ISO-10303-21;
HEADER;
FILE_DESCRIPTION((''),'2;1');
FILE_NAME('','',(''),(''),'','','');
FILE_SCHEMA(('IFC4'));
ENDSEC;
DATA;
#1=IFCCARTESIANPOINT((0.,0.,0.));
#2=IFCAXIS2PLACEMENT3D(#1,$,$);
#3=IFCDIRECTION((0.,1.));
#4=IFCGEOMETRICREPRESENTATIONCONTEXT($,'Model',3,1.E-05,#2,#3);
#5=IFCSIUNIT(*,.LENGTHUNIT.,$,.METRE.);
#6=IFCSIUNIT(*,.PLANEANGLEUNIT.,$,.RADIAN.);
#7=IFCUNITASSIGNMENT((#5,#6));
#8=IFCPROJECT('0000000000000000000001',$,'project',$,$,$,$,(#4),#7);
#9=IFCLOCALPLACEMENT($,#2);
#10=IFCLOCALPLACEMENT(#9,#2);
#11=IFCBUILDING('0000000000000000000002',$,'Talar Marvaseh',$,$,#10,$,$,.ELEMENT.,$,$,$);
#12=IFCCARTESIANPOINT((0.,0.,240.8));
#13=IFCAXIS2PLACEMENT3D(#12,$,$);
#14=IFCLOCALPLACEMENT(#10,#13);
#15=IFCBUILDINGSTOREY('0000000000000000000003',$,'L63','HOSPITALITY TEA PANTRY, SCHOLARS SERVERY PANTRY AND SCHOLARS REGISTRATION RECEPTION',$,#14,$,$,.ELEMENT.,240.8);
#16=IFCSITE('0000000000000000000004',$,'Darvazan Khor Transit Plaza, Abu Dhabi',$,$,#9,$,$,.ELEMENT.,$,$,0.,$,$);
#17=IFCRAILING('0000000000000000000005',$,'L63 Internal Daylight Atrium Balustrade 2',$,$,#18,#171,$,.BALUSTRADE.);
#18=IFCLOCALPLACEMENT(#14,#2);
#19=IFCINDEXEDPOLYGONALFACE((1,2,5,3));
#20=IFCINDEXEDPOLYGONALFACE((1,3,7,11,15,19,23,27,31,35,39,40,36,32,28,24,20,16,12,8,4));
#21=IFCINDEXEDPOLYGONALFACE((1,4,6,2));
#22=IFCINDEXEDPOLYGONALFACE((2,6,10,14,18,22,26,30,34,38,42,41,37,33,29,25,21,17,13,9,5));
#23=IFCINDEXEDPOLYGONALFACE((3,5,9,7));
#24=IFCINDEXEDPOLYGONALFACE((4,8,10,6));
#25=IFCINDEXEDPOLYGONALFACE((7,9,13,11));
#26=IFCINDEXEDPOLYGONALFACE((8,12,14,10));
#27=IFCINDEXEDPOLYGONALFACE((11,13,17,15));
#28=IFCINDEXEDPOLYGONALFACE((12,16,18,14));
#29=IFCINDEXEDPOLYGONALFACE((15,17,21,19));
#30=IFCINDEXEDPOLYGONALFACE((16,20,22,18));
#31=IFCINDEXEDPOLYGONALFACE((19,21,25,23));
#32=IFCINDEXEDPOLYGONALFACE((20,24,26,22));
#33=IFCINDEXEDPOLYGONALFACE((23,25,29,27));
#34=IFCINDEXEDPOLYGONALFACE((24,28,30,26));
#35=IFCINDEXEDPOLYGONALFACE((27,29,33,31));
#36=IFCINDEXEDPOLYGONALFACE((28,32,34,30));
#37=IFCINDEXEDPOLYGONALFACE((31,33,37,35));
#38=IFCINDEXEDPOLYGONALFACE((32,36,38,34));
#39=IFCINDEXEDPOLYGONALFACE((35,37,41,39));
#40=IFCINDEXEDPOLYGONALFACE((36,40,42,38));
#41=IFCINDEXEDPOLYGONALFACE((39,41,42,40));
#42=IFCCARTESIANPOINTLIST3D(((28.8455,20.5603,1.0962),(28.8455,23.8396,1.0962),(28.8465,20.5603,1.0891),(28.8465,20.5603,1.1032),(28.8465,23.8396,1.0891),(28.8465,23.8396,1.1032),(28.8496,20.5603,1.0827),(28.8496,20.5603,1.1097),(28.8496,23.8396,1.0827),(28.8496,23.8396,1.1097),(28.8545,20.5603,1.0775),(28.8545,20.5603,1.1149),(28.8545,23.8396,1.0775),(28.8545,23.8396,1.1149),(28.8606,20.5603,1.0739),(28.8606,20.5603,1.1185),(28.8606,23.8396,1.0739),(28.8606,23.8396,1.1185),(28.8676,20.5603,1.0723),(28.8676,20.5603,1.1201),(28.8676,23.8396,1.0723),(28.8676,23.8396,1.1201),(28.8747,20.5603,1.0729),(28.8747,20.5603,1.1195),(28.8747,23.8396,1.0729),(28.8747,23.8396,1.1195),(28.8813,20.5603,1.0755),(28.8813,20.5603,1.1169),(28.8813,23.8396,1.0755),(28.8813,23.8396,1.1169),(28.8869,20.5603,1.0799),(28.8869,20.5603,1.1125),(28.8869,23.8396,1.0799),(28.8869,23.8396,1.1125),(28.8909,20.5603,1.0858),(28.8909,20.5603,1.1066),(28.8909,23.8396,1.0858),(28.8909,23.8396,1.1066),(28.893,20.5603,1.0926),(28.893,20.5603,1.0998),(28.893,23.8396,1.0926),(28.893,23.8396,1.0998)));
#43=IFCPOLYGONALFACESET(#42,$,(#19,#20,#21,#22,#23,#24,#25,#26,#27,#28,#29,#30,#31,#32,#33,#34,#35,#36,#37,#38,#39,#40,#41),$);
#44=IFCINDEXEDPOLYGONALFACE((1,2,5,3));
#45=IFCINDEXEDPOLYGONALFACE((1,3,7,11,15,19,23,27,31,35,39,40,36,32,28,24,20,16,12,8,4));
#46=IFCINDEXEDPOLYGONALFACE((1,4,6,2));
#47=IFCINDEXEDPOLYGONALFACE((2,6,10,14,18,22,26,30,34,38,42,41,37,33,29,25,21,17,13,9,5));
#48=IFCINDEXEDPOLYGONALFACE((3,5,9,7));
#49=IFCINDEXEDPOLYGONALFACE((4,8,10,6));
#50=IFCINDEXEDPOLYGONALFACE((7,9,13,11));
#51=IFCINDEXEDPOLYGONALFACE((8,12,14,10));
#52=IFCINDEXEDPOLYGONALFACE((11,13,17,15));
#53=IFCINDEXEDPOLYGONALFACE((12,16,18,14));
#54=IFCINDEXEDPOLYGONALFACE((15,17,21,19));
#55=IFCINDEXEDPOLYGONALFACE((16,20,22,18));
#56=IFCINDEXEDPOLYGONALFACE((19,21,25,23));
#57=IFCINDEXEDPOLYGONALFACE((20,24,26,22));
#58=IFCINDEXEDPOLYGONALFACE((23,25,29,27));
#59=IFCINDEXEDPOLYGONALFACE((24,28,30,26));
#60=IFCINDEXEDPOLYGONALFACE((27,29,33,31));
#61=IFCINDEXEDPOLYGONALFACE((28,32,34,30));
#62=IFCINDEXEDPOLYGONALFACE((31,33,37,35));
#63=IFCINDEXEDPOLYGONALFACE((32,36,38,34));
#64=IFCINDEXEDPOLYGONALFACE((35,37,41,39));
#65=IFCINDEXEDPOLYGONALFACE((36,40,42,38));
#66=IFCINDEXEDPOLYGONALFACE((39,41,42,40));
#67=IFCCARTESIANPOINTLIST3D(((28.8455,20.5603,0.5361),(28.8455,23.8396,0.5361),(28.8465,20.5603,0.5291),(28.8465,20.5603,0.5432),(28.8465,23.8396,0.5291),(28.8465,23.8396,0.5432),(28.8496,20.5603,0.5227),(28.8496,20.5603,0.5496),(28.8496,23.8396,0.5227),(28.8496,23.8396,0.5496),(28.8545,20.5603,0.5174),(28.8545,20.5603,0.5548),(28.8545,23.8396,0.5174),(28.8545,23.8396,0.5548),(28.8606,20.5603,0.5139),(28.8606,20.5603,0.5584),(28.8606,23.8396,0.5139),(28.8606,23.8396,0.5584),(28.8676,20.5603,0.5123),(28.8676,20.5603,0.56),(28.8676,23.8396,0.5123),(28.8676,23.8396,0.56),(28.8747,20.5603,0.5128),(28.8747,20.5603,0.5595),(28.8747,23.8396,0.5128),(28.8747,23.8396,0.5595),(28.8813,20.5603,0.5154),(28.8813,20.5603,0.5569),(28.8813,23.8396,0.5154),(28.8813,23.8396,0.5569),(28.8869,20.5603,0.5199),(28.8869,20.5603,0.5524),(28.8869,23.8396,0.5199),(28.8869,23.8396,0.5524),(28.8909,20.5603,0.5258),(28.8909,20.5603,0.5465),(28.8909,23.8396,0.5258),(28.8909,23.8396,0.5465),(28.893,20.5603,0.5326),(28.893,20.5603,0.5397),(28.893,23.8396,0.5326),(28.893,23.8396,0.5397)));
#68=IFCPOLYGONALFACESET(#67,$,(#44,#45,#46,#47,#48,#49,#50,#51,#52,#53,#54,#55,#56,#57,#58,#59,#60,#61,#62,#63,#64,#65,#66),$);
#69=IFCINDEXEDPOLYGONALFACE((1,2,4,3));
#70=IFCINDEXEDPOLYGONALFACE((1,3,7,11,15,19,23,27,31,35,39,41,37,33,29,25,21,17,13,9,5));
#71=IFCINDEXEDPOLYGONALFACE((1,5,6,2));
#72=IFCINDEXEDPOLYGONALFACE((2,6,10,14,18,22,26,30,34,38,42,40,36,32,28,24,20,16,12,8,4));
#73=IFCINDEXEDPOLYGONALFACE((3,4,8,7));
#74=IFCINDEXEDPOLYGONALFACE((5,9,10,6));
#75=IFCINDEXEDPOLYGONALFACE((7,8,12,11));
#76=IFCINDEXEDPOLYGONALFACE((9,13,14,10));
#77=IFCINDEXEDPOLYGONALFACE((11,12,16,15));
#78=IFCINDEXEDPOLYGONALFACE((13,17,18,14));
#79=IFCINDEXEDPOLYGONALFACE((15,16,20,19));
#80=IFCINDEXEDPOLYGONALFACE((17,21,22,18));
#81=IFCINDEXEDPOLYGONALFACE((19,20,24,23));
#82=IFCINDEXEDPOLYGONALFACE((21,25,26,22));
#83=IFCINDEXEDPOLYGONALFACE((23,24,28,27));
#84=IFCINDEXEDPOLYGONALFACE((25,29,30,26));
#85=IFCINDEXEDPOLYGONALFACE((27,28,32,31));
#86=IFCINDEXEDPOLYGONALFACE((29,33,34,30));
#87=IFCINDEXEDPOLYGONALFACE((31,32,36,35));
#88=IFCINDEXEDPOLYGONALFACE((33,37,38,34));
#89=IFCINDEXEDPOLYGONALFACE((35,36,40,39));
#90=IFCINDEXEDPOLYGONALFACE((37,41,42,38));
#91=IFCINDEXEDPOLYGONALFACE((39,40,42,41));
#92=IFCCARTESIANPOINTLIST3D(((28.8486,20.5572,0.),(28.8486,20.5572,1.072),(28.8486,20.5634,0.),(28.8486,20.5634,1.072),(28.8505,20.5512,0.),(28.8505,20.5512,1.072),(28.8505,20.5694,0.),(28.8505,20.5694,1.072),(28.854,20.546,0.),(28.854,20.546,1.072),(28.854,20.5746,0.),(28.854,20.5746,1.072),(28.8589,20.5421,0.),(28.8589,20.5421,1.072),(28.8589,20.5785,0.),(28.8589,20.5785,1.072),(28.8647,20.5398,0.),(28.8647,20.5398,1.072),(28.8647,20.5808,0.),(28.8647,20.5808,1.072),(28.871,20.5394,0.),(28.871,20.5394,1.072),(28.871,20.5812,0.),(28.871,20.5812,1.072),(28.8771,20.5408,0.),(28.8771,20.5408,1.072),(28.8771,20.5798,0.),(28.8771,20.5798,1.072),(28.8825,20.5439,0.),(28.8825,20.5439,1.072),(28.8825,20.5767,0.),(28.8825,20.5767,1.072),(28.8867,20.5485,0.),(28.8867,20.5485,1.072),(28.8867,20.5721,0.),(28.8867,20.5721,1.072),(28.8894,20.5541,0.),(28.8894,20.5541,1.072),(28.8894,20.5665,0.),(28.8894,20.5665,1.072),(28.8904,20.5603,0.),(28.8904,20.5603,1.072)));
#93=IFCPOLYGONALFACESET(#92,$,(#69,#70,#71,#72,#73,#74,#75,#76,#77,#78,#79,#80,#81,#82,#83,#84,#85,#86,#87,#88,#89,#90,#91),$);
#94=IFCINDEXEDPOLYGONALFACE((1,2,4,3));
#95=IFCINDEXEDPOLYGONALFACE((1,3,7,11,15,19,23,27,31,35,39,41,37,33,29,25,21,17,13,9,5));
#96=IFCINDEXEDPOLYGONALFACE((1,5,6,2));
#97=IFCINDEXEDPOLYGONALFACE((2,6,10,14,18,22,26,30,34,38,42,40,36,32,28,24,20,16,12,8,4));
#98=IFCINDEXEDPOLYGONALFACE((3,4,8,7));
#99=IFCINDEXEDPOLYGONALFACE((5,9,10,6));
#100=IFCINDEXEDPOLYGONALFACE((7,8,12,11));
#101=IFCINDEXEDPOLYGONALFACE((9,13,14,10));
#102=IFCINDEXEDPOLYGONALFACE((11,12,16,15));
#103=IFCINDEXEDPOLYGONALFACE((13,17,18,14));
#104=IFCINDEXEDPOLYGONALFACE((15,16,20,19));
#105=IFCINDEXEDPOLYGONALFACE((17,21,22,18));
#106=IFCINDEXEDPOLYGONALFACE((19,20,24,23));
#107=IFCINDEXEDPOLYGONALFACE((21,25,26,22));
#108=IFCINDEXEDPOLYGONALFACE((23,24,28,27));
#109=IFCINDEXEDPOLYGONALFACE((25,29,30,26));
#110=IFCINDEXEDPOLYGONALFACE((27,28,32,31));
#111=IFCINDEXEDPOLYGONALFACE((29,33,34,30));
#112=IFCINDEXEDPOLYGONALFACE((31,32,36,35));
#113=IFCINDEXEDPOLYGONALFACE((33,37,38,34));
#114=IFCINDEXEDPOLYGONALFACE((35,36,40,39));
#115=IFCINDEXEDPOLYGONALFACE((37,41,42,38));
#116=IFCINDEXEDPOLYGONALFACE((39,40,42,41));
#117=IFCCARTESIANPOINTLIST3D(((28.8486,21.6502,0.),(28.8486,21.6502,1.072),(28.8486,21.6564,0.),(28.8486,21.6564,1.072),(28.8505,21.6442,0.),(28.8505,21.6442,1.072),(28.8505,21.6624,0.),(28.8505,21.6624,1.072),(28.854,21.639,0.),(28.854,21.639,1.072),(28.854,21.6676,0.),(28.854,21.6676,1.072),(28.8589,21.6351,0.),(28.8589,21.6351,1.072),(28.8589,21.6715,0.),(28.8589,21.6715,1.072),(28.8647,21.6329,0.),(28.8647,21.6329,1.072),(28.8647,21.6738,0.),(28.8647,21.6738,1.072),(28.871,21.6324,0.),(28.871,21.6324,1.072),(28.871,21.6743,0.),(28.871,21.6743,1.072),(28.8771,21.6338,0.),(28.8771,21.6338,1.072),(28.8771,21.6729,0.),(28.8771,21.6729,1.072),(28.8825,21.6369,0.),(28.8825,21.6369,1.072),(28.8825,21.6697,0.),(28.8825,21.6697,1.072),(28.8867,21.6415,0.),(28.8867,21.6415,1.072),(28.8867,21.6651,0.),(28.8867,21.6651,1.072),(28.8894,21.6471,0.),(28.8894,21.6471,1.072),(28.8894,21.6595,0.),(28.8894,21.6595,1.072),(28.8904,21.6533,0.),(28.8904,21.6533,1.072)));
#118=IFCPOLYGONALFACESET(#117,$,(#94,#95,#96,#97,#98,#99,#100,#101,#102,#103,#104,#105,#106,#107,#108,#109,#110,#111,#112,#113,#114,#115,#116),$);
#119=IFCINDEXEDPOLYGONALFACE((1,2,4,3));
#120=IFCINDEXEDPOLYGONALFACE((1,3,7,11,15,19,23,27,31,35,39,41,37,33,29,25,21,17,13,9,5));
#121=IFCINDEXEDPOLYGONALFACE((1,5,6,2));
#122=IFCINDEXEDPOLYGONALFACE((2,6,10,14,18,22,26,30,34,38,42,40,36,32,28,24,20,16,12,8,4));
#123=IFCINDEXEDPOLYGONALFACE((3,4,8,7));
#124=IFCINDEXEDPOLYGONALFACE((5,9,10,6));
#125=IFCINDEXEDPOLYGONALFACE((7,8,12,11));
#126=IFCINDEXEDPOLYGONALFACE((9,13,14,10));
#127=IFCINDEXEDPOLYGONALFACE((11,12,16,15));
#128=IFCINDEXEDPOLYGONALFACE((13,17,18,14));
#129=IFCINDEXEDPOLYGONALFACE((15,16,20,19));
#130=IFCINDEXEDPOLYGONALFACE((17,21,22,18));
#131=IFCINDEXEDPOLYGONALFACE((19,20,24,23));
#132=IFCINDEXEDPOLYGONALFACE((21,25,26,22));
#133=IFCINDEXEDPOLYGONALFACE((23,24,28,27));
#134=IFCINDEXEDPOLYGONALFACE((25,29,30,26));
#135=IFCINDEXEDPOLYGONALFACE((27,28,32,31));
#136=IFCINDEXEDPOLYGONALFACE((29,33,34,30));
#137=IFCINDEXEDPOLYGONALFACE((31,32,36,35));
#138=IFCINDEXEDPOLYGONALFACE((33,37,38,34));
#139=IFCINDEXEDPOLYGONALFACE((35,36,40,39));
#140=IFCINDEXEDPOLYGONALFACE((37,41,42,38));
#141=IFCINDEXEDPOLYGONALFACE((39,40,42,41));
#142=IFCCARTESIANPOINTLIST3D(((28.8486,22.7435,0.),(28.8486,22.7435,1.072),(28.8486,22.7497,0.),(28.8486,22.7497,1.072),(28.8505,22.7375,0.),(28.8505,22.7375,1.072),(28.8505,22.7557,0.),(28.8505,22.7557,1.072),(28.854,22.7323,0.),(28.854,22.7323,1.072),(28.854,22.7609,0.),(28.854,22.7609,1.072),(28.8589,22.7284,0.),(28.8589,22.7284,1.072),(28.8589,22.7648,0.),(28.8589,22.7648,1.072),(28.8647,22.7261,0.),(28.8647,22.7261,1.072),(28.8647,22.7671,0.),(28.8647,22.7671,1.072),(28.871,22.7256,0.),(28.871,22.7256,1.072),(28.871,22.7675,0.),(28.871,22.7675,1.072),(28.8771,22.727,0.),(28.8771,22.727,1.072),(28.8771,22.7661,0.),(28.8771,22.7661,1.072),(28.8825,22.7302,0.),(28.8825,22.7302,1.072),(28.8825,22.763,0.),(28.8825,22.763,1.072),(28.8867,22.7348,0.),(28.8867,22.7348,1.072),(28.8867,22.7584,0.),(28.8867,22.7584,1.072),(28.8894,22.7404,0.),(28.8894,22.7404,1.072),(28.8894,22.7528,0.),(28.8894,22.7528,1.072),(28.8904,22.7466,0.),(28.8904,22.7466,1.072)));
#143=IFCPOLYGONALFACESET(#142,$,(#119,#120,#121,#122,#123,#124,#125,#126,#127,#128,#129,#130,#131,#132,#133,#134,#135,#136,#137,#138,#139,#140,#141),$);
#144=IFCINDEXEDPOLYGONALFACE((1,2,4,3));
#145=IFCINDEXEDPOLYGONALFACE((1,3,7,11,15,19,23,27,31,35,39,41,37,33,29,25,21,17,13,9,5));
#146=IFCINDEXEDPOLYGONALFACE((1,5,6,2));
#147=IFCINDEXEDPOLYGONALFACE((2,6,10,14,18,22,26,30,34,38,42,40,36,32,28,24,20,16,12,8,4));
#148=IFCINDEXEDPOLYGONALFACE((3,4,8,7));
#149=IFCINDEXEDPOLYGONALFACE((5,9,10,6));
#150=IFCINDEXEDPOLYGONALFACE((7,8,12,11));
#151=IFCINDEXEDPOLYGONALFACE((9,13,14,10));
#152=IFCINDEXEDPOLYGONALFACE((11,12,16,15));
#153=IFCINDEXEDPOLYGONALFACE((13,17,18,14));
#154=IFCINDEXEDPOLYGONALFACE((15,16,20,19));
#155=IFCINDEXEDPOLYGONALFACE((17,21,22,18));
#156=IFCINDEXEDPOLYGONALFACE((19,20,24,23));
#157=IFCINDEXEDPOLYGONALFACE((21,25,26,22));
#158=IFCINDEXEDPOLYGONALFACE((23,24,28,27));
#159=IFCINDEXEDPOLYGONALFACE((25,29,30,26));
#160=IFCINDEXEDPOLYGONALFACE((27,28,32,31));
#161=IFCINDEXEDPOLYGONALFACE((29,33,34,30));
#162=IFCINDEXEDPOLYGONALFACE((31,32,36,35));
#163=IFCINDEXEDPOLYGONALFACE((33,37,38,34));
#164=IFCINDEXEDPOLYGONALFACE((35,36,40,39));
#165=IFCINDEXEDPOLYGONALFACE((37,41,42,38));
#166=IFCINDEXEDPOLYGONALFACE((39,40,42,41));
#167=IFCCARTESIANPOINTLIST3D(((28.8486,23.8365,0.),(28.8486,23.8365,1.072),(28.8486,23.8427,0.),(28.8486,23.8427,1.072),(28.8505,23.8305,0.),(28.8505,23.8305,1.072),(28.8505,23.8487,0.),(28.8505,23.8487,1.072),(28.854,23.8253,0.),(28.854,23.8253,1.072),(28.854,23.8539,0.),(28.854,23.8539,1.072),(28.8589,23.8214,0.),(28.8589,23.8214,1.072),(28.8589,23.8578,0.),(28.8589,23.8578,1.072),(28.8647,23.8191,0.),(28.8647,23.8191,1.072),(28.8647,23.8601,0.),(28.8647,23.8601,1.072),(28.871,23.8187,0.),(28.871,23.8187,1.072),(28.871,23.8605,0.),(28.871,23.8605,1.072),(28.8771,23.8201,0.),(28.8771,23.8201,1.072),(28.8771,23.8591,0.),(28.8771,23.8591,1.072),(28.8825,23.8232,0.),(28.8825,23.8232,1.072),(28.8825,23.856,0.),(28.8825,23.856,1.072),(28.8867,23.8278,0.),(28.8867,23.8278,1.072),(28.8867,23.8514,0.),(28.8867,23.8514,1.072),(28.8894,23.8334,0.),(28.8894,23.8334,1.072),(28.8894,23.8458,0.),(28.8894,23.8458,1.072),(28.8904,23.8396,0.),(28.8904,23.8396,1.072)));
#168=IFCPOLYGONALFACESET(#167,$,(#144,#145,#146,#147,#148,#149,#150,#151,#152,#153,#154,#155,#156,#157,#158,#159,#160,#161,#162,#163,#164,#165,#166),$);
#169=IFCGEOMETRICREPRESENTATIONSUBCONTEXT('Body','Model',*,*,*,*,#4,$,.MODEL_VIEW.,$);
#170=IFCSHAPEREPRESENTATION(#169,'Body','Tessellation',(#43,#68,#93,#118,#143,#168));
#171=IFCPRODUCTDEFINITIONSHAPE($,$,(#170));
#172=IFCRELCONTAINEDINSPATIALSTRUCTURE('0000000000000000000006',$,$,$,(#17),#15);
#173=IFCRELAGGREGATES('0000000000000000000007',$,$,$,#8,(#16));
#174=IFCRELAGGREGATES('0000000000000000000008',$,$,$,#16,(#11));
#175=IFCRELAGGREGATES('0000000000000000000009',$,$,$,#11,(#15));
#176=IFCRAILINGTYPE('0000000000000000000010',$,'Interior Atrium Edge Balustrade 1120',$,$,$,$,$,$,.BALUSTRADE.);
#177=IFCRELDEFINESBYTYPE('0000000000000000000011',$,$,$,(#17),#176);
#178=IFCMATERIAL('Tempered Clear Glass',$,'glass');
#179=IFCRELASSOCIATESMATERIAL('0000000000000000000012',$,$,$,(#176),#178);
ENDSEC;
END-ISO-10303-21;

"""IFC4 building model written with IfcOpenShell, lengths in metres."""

from ifc_helpers import new_model, si_unit, direction, frame, origin, origin_2d, place, context, subcontext, project, spatial, circle, extrude, material, type_object, element, save


model = new_model("IFC4")

# Units and contexts
model_context = context("Model", 3, precision=1e-05, world=origin(), true_north=direction((0.0, 1.0)))
body_context = subcontext(model_context, "Body", "Model", "MODEL_VIEW")
ifc_project = project(units=[si_unit("LENGTHUNIT", "METRE"), si_unit("PLANEANGLEUNIT", "RADIAN")], contexts=[model_context])

# Site, building, storey
site_placement = place(None, origin())
site = spatial("IfcSite", under=ifc_project, at=site_placement, Name="Darvazan Khor Transit Plaza, Abu Dhabi", CompositionType="ELEMENT", RefElevation=0.0)
building_placement = place(site_placement, origin())
building = spatial("IfcBuilding", under=site, at=building_placement, Name="Talar Marvaseh", CompositionType="ELEMENT")
storey_placement = place(building_placement, frame((0.0, 0.0, 240.8)))
storey = spatial("IfcBuildingStorey", under=building, at=storey_placement, Name="L63", Description="HOSPITALITY TEA PANTRY, SCHOLARS SERVERY PANTRY AND SCHOLARS REGISTRATION RECEPTION", CompositionType="ELEMENT", Elevation=240.8)

# Railing
ifc_material_1 = material(Name="Tempered Clear Glass", Category="glass")
railing_type = type_object("IfcRailingType", Name="Interior Atrium Edge Balustrade 1120", PredefinedType="BALUSTRADE", material=ifc_material_1)
railing_1_placement = place(storey_placement, frame((28.8694, 20.5603, 0.0)))
element("IfcRailing", 1, at=railing_1_placement, inside=storey, type_object=railing_type, Name="L63 Internal Daylight Atrium Balustrade 2", PredefinedType="BALUSTRADE", context=body_context, shape_type="SweptSolid", body=[
    extrude(circle(Radius=0.0239, at=origin_2d()), frame((0.0, 0.0, 1.0962), z_axis=(0.0, 1.0, 0.0), x_axis=(-1.0, 0.0, 0.0)), (0.0, 0.0, 1.0), 3.2793),
    extrude(circle(Radius=0.0239, at=origin_2d()), frame((0.0, 0.0, 0.5361), z_axis=(0.0, 1.0, 0.0), x_axis=(-1.0, 0.0, 0.0)), (0.0, 0.0, 1.0), 3.2793),
    extrude(circle(Radius=0.021, at=origin_2d()), origin(), (0.0, 0.0, 1.0), 1.072),
    extrude(circle(Radius=0.021, at=origin_2d()), frame((0.0, 1.093, 0.0)), (0.0, 0.0, 1.0), 1.072),
    extrude(circle(Radius=0.021, at=origin_2d()), frame((0.0, 2.1863, 0.0)), (0.0, 0.0, 1.0), 1.072),
    extrude(circle(Radius=0.021, at=origin_2d()), frame((0.0, 3.2793, 0.0)), (0.0, 0.0, 1.0), 1.072),
])

save(model, "model.ifc")
